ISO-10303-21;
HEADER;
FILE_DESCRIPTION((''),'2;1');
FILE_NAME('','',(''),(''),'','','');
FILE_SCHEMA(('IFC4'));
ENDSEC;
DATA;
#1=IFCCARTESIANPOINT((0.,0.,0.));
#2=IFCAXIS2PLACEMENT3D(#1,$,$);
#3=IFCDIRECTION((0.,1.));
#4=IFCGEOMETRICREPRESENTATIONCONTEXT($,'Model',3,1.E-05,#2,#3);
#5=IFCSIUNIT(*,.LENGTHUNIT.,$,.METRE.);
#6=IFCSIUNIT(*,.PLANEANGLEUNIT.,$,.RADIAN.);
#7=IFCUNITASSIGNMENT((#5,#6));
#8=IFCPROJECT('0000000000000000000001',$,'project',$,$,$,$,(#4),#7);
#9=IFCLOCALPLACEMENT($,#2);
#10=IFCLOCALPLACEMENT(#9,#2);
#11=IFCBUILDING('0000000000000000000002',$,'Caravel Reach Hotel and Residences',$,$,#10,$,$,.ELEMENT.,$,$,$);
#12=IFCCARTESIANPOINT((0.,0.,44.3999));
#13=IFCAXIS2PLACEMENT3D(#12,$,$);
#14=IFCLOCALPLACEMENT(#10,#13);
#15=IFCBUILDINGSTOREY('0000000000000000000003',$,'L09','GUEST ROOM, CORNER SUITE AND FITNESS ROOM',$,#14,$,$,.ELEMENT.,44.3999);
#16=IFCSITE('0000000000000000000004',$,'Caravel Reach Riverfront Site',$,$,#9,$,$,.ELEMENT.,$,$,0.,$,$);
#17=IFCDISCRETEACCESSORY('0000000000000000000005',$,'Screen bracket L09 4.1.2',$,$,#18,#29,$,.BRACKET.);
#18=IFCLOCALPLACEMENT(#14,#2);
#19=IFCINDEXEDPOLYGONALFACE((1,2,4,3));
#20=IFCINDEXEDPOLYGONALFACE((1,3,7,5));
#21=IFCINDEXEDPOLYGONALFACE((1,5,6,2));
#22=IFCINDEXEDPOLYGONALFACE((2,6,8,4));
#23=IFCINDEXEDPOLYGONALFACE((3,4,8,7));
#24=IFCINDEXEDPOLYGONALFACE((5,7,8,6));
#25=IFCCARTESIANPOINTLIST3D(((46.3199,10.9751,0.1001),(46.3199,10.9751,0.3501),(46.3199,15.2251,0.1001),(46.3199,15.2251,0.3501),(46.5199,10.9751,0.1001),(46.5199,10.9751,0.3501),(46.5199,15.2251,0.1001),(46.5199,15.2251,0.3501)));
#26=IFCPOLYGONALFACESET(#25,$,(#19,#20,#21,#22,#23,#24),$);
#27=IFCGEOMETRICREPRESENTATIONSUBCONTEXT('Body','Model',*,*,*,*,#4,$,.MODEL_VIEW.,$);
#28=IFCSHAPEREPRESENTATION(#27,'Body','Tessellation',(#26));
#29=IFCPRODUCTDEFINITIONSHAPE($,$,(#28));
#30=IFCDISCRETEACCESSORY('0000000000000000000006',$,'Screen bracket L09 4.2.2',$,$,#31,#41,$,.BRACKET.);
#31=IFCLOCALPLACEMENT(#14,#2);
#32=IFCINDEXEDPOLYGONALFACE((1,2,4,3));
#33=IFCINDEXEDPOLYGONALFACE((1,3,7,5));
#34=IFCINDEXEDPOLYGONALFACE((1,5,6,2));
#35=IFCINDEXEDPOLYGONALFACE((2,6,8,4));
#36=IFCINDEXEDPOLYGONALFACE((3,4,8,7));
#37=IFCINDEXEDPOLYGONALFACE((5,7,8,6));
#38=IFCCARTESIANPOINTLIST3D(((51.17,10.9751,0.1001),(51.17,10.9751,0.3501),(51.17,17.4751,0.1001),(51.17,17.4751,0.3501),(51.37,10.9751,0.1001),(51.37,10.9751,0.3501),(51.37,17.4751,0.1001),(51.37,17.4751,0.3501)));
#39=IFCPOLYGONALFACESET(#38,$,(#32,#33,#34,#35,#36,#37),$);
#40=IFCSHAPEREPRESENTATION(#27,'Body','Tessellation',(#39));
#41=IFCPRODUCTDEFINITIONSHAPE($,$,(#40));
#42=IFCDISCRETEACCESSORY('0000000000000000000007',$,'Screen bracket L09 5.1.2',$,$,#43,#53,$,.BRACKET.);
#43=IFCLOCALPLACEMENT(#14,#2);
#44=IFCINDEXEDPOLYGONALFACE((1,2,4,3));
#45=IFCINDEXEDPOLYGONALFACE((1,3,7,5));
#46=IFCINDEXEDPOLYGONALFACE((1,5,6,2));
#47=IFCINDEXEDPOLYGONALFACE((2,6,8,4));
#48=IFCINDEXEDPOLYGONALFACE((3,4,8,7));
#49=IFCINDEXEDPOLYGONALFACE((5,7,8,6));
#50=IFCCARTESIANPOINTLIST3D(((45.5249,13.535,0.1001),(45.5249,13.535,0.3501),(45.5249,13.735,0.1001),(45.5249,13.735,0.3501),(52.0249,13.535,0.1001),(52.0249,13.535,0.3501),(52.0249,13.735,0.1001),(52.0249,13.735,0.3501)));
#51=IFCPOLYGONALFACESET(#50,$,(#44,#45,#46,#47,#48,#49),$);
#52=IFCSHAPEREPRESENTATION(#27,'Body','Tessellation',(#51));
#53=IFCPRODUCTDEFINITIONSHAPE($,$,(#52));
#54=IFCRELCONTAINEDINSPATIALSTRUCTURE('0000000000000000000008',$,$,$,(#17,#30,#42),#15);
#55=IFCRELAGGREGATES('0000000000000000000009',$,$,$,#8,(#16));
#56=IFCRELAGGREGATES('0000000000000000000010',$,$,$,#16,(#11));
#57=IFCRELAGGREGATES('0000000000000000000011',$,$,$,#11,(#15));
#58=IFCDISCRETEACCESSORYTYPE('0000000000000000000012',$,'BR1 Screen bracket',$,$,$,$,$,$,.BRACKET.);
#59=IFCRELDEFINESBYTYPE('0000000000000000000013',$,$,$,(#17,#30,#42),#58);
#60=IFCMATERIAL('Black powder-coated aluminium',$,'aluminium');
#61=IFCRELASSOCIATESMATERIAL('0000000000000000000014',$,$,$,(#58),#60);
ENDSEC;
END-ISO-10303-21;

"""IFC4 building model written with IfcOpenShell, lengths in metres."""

from ifc_helpers import new_model, si_unit, direction, frame, origin, origin_2d, place, context, subcontext, project, spatial, rectangle, extrude, material, type_object, element, save


model = new_model("IFC4")

# Units and contexts
model_context = context("Model", 3, precision=1e-05, world=origin(), true_north=direction((0.0, 1.0)))
body_context = subcontext(model_context, "Body", "Model", "MODEL_VIEW")
ifc_project = project(units=[si_unit("LENGTHUNIT", "METRE"), si_unit("PLANEANGLEUNIT", "RADIAN")], contexts=[model_context])

# Site, building, storey
site_placement = place(None, origin())
site = spatial("IfcSite", under=ifc_project, at=site_placement, Name="Caravel Reach Riverfront Site", CompositionType="ELEMENT", RefElevation=0.0)
building_placement = place(site_placement, origin())
building = spatial("IfcBuilding", under=site, at=building_placement, Name="Caravel Reach Hotel and Residences", CompositionType="ELEMENT")
storey_placement = place(building_placement, frame((0.0, 0.0, 44.3999)))
storey = spatial("IfcBuildingStorey", under=building, at=storey_placement, Name="L09", Description="GUEST ROOM, CORNER SUITE AND FITNESS ROOM", CompositionType="ELEMENT", Elevation=44.3999)

# Discrete accessories
ifc_material_1 = material(Name="Black powder-coated aluminium", Category="aluminium")
discrete_accessory_type = type_object("IfcDiscreteAccessoryType", Name="BR1 Screen bracket", PredefinedType="BRACKET", material=ifc_material_1)
discrete_accessory_placement = place(storey_placement, frame((46.4199, 13.1001, 0.1001), z_axis=(0.0, 0.0, 1.0), x_axis=(0.0, -1.0, 0.0)))
element("IfcDiscreteAccessory", 1, at=discrete_accessory_placement, inside=storey, type_object=discrete_accessory_type, Name="Screen bracket L09 4.1.2", PredefinedType="BRACKET", context=body_context, shape_type="SweptSolid", body=[
    extrude(rectangle(XDim=4.25, YDim=0.2, at=origin_2d()), origin(), (0.0, 0.0, 1.0), 0.25),
])
for number, where, z_axis, x_axis, name in (
    (2, (51.27, 14.2251, 0.1001), (0.0, 0.0, 1.0), (0.0, -1.0, 0.0), "Screen bracket L09 4.2.2"),
    (3, (48.7749, 13.635, 0.1001), (0.0, 0.0, 1.0), (1.0, 0.0, 0.0), "Screen bracket L09 5.1.2"),
):
    element("IfcDiscreteAccessory", number, at=place(storey_placement, frame(where, z_axis=z_axis, x_axis=x_axis)), inside=storey, type_object=discrete_accessory_type, Name=name, PredefinedType="BRACKET", context=body_context, shape_type="SweptSolid", body=[
        extrude(rectangle(XDim=6.5, YDim=0.2, at=origin_2d()), origin(), (0.0, 0.0, 1.0), 0.25),
    ])

save(model, "model.ifc")
